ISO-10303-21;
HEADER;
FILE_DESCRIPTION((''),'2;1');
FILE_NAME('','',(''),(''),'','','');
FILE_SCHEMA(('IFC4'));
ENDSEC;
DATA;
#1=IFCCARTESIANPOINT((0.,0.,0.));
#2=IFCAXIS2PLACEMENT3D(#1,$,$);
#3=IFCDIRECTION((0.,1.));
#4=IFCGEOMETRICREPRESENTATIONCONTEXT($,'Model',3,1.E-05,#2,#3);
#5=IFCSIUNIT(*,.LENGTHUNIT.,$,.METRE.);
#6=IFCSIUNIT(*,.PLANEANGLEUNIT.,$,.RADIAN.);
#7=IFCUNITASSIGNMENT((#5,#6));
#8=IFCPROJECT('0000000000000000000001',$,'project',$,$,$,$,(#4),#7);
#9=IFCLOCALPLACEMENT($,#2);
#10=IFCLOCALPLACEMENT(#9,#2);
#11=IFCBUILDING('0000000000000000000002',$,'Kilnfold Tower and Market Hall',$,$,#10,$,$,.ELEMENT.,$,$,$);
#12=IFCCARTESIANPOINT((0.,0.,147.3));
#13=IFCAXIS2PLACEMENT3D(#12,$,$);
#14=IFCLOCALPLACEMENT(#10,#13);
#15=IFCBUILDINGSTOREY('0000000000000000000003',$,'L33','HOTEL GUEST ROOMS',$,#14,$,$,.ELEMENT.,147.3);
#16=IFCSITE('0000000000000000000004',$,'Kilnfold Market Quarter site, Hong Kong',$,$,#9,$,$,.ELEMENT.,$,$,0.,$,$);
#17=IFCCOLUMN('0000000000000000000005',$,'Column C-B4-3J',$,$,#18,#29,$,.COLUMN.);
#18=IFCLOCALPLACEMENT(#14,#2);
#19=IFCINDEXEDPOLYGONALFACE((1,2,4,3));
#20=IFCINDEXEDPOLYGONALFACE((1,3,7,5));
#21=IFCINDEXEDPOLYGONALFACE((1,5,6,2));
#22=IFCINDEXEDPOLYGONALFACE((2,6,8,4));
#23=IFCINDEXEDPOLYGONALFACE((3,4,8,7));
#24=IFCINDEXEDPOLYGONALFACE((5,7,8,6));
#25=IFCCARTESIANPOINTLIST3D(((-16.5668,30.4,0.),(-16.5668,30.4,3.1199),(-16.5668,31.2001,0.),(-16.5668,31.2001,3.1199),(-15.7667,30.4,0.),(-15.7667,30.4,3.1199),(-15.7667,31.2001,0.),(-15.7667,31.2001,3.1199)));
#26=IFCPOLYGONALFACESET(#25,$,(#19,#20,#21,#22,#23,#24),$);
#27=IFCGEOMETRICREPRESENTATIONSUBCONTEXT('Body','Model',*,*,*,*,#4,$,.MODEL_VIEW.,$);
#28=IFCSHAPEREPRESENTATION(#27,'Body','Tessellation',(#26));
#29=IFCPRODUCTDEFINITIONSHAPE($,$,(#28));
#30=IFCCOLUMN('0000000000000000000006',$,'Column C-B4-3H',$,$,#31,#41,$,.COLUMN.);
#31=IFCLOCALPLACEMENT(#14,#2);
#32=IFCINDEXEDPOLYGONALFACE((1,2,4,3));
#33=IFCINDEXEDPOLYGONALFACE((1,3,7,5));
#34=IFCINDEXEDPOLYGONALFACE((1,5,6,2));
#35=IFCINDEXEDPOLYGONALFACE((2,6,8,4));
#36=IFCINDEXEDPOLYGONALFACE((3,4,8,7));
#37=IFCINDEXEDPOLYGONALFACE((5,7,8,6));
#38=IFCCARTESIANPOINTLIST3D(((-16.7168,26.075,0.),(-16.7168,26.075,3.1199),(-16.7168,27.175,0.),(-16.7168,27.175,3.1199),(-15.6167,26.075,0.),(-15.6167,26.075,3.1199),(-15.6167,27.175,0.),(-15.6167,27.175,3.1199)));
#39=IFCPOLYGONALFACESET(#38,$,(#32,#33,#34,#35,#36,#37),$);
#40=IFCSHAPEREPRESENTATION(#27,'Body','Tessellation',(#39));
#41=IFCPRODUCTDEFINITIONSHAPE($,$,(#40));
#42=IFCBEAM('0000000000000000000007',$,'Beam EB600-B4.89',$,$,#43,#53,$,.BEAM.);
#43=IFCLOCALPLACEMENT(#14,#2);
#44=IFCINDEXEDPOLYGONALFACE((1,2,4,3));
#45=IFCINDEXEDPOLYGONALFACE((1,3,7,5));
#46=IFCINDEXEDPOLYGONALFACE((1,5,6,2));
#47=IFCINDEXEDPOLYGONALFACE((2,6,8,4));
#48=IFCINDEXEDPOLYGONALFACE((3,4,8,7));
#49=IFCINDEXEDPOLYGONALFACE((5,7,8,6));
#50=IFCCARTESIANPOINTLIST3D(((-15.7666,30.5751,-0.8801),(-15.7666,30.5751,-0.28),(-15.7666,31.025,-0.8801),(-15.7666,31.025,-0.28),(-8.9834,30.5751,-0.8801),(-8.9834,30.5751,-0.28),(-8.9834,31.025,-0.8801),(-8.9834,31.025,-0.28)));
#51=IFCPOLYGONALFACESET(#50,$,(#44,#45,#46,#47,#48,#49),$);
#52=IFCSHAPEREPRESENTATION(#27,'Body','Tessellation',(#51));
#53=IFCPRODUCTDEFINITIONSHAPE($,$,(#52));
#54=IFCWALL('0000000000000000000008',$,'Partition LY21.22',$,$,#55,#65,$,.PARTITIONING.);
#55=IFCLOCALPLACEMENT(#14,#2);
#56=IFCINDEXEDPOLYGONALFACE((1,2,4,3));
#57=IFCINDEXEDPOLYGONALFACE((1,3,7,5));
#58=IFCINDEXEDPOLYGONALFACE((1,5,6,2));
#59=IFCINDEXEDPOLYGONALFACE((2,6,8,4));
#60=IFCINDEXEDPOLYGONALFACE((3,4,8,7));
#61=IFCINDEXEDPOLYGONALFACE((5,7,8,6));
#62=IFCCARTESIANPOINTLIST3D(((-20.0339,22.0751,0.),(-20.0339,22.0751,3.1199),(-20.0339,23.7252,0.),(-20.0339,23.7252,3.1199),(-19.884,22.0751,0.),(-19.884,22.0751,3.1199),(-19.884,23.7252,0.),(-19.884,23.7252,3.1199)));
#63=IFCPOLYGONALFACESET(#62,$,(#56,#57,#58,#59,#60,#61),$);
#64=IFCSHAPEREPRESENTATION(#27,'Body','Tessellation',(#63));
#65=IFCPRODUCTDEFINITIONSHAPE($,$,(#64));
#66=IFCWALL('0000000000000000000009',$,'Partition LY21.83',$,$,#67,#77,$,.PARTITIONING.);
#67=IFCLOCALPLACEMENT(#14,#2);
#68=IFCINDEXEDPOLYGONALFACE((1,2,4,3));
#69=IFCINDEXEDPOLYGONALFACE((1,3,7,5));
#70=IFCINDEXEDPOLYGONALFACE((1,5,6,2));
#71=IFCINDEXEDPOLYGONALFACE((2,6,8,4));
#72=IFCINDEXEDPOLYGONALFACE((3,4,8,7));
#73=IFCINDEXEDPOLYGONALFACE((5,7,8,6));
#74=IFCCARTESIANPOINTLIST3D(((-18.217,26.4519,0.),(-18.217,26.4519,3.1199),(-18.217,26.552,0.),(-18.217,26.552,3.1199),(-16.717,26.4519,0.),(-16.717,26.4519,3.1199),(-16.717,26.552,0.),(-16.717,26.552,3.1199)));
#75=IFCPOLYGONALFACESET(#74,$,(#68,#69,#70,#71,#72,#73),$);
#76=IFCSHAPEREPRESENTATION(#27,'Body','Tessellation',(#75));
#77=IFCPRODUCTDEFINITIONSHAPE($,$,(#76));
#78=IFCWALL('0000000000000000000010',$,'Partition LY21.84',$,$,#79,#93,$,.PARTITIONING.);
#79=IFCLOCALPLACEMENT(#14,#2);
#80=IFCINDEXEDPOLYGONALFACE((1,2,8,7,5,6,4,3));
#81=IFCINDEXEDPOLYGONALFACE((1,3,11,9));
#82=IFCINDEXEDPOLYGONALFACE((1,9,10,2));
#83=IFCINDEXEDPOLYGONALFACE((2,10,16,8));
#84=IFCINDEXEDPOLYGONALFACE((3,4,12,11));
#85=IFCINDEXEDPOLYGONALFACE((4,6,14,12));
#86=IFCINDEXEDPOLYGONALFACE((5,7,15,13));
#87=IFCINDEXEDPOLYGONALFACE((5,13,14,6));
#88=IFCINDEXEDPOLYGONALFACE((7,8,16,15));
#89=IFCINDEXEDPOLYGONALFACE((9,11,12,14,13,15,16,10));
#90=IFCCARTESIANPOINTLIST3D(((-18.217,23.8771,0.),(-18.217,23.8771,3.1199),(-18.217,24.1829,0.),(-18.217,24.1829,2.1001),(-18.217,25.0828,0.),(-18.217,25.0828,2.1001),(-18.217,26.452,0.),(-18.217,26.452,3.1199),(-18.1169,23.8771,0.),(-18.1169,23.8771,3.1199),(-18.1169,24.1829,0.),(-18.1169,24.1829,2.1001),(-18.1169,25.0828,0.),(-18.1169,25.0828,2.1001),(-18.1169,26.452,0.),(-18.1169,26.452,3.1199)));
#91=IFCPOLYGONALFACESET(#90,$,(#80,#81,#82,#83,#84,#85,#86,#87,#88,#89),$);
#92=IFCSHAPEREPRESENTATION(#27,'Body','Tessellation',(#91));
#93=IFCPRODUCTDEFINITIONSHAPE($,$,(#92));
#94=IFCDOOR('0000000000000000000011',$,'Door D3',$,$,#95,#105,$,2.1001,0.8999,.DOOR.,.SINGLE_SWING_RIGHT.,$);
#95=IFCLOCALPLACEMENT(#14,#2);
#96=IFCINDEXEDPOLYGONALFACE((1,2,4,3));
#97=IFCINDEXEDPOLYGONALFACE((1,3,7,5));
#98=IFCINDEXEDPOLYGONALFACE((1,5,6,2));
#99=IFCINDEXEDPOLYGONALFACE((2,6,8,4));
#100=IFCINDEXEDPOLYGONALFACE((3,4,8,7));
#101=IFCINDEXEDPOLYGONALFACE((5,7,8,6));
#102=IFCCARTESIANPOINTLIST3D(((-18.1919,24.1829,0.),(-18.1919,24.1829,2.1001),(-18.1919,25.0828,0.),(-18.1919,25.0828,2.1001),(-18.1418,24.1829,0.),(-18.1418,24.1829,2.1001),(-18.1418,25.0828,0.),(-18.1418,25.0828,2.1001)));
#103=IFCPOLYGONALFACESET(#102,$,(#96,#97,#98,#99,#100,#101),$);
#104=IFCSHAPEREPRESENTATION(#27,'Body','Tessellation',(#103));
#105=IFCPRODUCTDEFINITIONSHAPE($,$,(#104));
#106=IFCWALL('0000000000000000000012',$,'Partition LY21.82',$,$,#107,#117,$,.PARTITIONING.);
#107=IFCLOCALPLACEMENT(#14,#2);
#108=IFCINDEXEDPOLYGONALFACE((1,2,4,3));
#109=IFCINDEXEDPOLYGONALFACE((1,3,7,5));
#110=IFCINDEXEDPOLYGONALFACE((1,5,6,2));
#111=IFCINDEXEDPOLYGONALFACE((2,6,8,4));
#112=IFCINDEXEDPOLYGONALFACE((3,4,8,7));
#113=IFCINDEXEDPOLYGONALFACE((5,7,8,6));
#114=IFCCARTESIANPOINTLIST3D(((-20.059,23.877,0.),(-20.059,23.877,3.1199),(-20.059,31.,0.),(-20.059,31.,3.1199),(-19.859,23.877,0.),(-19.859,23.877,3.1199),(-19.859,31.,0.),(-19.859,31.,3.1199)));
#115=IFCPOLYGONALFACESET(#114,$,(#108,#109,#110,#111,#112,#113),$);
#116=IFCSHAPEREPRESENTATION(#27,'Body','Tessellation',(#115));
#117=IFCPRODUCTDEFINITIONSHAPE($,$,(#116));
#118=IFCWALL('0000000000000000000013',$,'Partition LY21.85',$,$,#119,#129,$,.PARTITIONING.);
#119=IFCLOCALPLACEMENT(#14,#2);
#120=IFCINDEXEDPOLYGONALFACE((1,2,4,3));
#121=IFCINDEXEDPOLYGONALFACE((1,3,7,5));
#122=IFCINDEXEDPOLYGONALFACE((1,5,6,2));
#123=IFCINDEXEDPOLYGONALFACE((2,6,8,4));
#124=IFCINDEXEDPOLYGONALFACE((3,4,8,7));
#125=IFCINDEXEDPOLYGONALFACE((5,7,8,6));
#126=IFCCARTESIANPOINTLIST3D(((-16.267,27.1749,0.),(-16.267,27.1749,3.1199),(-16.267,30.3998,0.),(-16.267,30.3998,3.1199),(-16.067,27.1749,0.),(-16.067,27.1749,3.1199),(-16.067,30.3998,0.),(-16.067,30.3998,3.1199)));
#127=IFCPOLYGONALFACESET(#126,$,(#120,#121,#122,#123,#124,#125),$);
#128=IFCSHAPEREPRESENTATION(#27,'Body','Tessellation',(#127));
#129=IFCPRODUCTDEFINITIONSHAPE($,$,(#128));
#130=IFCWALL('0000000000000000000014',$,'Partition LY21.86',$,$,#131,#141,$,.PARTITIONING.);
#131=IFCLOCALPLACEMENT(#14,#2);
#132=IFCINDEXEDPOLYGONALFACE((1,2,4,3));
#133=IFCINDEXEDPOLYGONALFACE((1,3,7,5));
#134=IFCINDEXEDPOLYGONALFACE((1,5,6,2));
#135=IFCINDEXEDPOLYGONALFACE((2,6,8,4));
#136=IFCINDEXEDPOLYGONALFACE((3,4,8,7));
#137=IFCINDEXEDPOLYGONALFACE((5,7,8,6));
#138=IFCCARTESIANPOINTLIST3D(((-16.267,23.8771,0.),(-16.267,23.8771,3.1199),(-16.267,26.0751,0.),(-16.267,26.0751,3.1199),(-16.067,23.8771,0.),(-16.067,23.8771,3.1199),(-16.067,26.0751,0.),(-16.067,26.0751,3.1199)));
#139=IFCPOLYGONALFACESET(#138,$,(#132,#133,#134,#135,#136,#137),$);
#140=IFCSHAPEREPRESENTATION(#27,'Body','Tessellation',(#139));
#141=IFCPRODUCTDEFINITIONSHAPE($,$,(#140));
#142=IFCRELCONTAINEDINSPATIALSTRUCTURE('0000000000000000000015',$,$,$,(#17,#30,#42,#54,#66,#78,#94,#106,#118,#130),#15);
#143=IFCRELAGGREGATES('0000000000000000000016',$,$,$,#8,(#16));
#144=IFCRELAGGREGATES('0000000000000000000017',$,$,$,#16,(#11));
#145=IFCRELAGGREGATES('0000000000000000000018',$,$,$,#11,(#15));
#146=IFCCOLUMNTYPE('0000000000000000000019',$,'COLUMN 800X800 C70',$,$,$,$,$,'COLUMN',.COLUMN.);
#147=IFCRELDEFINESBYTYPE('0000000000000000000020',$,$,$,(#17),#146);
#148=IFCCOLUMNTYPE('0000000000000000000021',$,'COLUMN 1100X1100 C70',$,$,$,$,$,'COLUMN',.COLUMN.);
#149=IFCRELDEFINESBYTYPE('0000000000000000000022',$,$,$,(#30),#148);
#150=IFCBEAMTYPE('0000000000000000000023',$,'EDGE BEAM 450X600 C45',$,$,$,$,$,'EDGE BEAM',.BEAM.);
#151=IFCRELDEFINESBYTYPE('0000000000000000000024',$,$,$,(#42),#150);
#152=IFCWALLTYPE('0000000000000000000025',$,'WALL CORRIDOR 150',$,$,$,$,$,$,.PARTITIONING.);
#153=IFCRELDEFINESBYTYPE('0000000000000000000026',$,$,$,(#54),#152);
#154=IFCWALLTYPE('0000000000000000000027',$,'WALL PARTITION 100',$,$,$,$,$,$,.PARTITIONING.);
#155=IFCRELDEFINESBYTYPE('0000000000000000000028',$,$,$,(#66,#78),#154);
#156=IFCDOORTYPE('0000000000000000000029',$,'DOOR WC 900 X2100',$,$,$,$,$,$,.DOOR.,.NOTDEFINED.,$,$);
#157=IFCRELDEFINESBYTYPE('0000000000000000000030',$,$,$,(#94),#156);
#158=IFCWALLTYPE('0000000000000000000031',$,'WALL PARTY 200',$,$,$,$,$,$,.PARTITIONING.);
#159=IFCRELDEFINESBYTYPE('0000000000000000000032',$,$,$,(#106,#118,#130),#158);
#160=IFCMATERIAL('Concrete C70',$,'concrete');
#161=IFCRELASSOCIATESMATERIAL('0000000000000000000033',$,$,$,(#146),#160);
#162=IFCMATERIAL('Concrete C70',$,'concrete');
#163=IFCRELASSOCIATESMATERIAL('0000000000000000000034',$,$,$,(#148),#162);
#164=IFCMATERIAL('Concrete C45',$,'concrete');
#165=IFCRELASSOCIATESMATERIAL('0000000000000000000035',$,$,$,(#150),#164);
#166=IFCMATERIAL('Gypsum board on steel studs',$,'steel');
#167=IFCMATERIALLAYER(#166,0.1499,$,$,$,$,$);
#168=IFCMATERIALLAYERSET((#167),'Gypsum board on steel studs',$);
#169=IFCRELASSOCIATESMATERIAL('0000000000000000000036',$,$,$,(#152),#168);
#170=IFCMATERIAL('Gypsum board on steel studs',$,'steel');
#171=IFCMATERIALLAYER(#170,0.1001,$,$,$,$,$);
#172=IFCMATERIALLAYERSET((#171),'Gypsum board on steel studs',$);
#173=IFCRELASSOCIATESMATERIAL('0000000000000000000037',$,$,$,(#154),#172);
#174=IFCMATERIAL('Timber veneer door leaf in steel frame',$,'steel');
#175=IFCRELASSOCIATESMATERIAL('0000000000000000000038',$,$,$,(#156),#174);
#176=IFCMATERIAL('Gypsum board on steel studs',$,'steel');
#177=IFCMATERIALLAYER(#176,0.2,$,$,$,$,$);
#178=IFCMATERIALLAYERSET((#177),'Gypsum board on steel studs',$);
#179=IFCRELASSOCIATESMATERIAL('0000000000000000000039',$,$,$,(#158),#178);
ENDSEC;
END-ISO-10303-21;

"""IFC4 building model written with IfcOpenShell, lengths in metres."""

from ifc_helpers import new_model, si_unit, direction, frame, frame_2d, origin, origin_2d, place, context, subcontext, project, spatial, rectangle, extrude, source, transform, mapped, material, layer, layer_set, material_profile, profile_set, type_object, element, fill, save


model = new_model("IFC4")

# Units and contexts
model_context = context("Model", 3, precision=1e-05, world=origin(), true_north=direction((0.0, 1.0)))
body_context = subcontext(model_context, "Body", "Model", "MODEL_VIEW")
ifc_project = project(units=[si_unit("LENGTHUNIT", "METRE"), si_unit("PLANEANGLEUNIT", "RADIAN")], contexts=[model_context])

# Site, building, storey
site_placement = place(None, origin())
site = spatial("IfcSite", under=ifc_project, at=site_placement, Name="Kilnfold Market Quarter site, Hong Kong", CompositionType="ELEMENT", RefElevation=0.0)
building_placement = place(site_placement, origin())
building = spatial("IfcBuilding", under=site, at=building_placement, Name="Kilnfold Tower and Market Hall", CompositionType="ELEMENT")
storey_placement = place(building_placement, frame((0.0, 0.0, 147.3)))
storey = spatial("IfcBuildingStorey", under=building, at=storey_placement, Name="L33", Description="HOTEL GUEST ROOMS", CompositionType="ELEMENT", Elevation=147.3)

# Columns
ifc_material_1 = material(Name="Concrete C70", Category="concrete")
ifc_material_profile_1 = material_profile(ifc_material_1, rectangle(XDim=0.8, YDim=0.8, at=origin_2d()), Name="RC 800x800")
ifc_profile_set_1 = profile_set([ifc_material_profile_1], Name="Concrete C70")
column_type_1 = type_object("IfcColumnType", Name="COLUMN 800X800 C70", ElementType="COLUMN", PredefinedType="COLUMN", material=ifc_profile_set_1)
shared_shape_1 = source(origin(), body_context, "Body", "SweptSolid", [
    extrude(rectangle(XDim=0.8, YDim=0.8, at=origin_2d()), origin(), (0.0, 0.0, 1.0), 3.1199),
])
column_1_placement = place(storey_placement, frame((-16.1667, 30.8, 0.0), z_axis=(0.0, 0.0, 1.0), x_axis=(1.0, 0.0, 0.0)))
element("IfcColumn", 1, at=column_1_placement, inside=storey, type_object=column_type_1, Name="Column C-B4-3J", PredefinedType="COLUMN", context=body_context, shape_type="MappedRepresentation", body=[
    mapped(shared_shape_1, transform((0.0, 0.0, 0.0))),
])
ifc_material_2 = material(Name="Concrete C70", Category="concrete")
ifc_material_profile_2 = material_profile(ifc_material_2, rectangle(XDim=1.1001, YDim=1.1001, at=origin_2d()), Name="RC 1100x1100")
ifc_profile_set_2 = profile_set([ifc_material_profile_2], Name="Concrete C70")
column_type_2 = type_object("IfcColumnType", Name="COLUMN 1100X1100 C70", ElementType="COLUMN", PredefinedType="COLUMN", material=ifc_profile_set_2)
shared_shape_2 = source(origin(), body_context, "Body", "SweptSolid", [
    extrude(rectangle(XDim=1.1001, YDim=1.1001, at=origin_2d()), origin(), (0.0, 0.0, 1.0), 3.1199),
])
column_2_placement = place(storey_placement, frame((-16.1667, 26.625, 0.0), z_axis=(0.0, 0.0, 1.0), x_axis=(1.0, 0.0, 0.0)))
element("IfcColumn", 2, at=column_2_placement, inside=storey, type_object=column_type_2, Name="Column C-B4-3H", PredefinedType="COLUMN", context=body_context, shape_type="MappedRepresentation", body=[
    mapped(shared_shape_2, transform((0.0, 0.0, 0.0))),
])

# Beam
ifc_material_3 = material(Name="Concrete C45", Category="concrete")
ifc_material_profile_3 = material_profile(ifc_material_3, rectangle(XDim=0.45, YDim=0.6001, at=origin_2d()), Name="RC 450x600")
ifc_profile_set_3 = profile_set([ifc_material_profile_3], Name="Concrete C45")
beam_type = type_object("IfcBeamType", Name="EDGE BEAM 450X600 C45", ElementType="EDGE BEAM", PredefinedType="BEAM", material=ifc_profile_set_3)
shared_shape_3 = source(origin(), body_context, "Body", "SweptSolid", [
    extrude(rectangle(XDim=0.45, YDim=0.6001, at=origin_2d()), origin(), (0.0, 0.0, 1.0), 6.7832),
])
beam_placement = place(storey_placement, frame((-15.7666, 30.8, -0.5801), z_axis=(1.0, 0.0, 0.0), x_axis=(0.0, 1.0, 0.0)))
element("IfcBeam", 3, at=beam_placement, inside=storey, type_object=beam_type, Name="Beam EB600-B4.89", PredefinedType="BEAM", context=body_context, shape_type="MappedRepresentation", body=[
    mapped(shared_shape_3, transform((0.0, 0.0, 0.0))),
])

# Walls
ifc_material_4 = material(Name="Gypsum board on steel studs", Category="steel")
ifc_layer_1 = layer(ifc_material_4, 0.1499)
ifc_layer_set_1 = layer_set([ifc_layer_1], Name="Gypsum board on steel studs")
wall_type_1 = type_object("IfcWallType", Name="WALL CORRIDOR 150", PredefinedType="PARTITIONING", material=ifc_layer_set_1)
wall_1_placement = place(storey_placement, frame((-19.959, 22.075, 0.0), z_axis=(0.0, 0.0, 1.0), x_axis=(0.0, 1.0, 0.0)))
element("IfcWall", 4, at=wall_1_placement, inside=storey, type_object=wall_type_1, Name="Partition LY21.22", PredefinedType="PARTITIONING", context=body_context, shape_type="SweptSolid", body=[
    extrude(rectangle(XDim=1.6501, YDim=0.1499, at=frame_2d((0.8252, 0.0))), origin(), (0.0, 0.0, 1.0), 3.1199),
])
ifc_material_5 = material(Name="Gypsum board on steel studs", Category="steel")
ifc_layer_2 = layer(ifc_material_5, 0.1001)
ifc_layer_set_2 = layer_set([ifc_layer_2], Name="Gypsum board on steel studs")
wall_type_2 = type_object("IfcWallType", Name="WALL PARTITION 100", PredefinedType="PARTITIONING", material=ifc_layer_set_2)
wall_2_placement = place(storey_placement, frame((-18.217, 26.502, 0.0), z_axis=(0.0, 0.0, 1.0), x_axis=(1.0, 0.0, 0.0)))
element("IfcWall", 5, at=wall_2_placement, inside=storey, type_object=wall_type_2, Name="Partition LY21.83", PredefinedType="PARTITIONING", context=body_context, shape_type="SweptSolid", body=[
    extrude(rectangle(XDim=1.5, YDim=0.1001, at=frame_2d((0.75, 0.0))), origin(), (0.0, 0.0, 1.0), 3.1199),
])

# Wall, opening, door
wall_3_placement = place(storey_placement, frame((-18.167, 23.877, 0.0), z_axis=(0.0, 0.0, 1.0), x_axis=(0.0, 1.0, 0.0)))
wall_3 = element("IfcWall", 6, at=wall_3_placement, inside=storey, type_object=wall_type_2, Name="Partition LY21.84", PredefinedType="PARTITIONING", context=body_context, shape_type="SweptSolid", body=[
    extrude(rectangle(XDim=2.575, YDim=0.1001, at=frame_2d((1.2876, 0.0))), origin(), (0.0, 0.0, 1.0), 3.1199),
])
opening_1_placement = place(wall_3_placement, frame((0.3059, 0.0, 0.0)))
opening_1 = element("IfcOpeningElement", 7, at=opening_1_placement, cuts=wall_3, PredefinedType="OPENING", context=body_context, shape_type="SweptSolid", body=[
    extrude(rectangle(XDim=0.8999, YDim=2.1001, at=frame_2d((0.45, 1.05))), frame((0.0, 0.0601, 0.0), z_axis=(0.0, -1.0, 0.0), x_axis=(1.0, 0.0, 0.0)), (0.0, 0.0, 1.0), 0.1201),
])
ifc_material_6 = material(Name="Timber veneer door leaf in steel frame", Category="steel")
door_type_1 = type_object("IfcDoorType", Name="DOOR WC 900 X2100", OperationType="NOTDEFINED", PredefinedType="DOOR", material=ifc_material_6)
door_1_placement = place(opening_1_placement, origin())
door_1 = element("IfcDoor", 8, at=door_1_placement, inside=storey, type_object=door_type_1, Name="Door D3", OperationType="SINGLE_SWING_RIGHT", OverallHeight=2.1001, OverallWidth=0.8999, PredefinedType="DOOR", context=body_context, shape_type="SweptSolid", body=[
    extrude(rectangle(XDim=0.8999, YDim=2.1001, at=frame_2d((0.45, 1.05))), frame((0.0, 0.0249, 0.0), z_axis=(0.0, -1.0, 0.0), x_axis=(1.0, 0.0, 0.0)), (0.0, 0.0, 1.0), 0.05),
])
fill(opening_1, door_1)

# Walls
ifc_material_7 = material(Name="Gypsum board on steel studs", Category="steel")
ifc_layer_3 = layer(ifc_material_7, 0.2)
ifc_layer_set_3 = layer_set([ifc_layer_3], Name="Gypsum board on steel studs")
wall_type_3 = type_object("IfcWallType", Name="WALL PARTY 200", PredefinedType="PARTITIONING", material=ifc_layer_set_3)
wall_4_placement = place(storey_placement, frame((-19.959, 23.877, 0.0), z_axis=(0.0, 0.0, 1.0), x_axis=(0.0, 1.0, 0.0)))
element("IfcWall", 9, at=wall_4_placement, inside=storey, type_object=wall_type_3, Name="Partition LY21.82", PredefinedType="PARTITIONING", context=body_context, shape_type="SweptSolid", body=[
    extrude(rectangle(XDim=7.123, YDim=0.2, at=frame_2d((3.5615, 0.0))), origin(), (0.0, 0.0, 1.0), 3.1199),
])
wall_5_placement = place(storey_placement, frame((-16.167, 27.175, 0.0), z_axis=(0.0, 0.0, 1.0), x_axis=(0.0, 1.0, 0.0)))
element("IfcWall", 10, at=wall_5_placement, inside=storey, type_object=wall_type_3, Name="Partition LY21.85", PredefinedType="PARTITIONING", context=body_context, shape_type="SweptSolid", body=[
    extrude(rectangle(XDim=3.2249, YDim=0.2, at=frame_2d((1.6123, 0.0))), origin(), (0.0, 0.0, 1.0), 3.1199),
])
wall_6_placement = place(storey_placement, frame((-16.167, 23.877, 0.0), z_axis=(0.0, 0.0, 1.0), x_axis=(0.0, 1.0, 0.0)))
element("IfcWall", 11, at=wall_6_placement, inside=storey, type_object=wall_type_3, Name="Partition LY21.86", PredefinedType="PARTITIONING", context=body_context, shape_type="SweptSolid", body=[
    extrude(rectangle(XDim=2.198, YDim=0.2, at=frame_2d((1.0991, 0.0))), origin(), (0.0, 0.0, 1.0), 3.1199),
])

save(model, "model.ifc")
